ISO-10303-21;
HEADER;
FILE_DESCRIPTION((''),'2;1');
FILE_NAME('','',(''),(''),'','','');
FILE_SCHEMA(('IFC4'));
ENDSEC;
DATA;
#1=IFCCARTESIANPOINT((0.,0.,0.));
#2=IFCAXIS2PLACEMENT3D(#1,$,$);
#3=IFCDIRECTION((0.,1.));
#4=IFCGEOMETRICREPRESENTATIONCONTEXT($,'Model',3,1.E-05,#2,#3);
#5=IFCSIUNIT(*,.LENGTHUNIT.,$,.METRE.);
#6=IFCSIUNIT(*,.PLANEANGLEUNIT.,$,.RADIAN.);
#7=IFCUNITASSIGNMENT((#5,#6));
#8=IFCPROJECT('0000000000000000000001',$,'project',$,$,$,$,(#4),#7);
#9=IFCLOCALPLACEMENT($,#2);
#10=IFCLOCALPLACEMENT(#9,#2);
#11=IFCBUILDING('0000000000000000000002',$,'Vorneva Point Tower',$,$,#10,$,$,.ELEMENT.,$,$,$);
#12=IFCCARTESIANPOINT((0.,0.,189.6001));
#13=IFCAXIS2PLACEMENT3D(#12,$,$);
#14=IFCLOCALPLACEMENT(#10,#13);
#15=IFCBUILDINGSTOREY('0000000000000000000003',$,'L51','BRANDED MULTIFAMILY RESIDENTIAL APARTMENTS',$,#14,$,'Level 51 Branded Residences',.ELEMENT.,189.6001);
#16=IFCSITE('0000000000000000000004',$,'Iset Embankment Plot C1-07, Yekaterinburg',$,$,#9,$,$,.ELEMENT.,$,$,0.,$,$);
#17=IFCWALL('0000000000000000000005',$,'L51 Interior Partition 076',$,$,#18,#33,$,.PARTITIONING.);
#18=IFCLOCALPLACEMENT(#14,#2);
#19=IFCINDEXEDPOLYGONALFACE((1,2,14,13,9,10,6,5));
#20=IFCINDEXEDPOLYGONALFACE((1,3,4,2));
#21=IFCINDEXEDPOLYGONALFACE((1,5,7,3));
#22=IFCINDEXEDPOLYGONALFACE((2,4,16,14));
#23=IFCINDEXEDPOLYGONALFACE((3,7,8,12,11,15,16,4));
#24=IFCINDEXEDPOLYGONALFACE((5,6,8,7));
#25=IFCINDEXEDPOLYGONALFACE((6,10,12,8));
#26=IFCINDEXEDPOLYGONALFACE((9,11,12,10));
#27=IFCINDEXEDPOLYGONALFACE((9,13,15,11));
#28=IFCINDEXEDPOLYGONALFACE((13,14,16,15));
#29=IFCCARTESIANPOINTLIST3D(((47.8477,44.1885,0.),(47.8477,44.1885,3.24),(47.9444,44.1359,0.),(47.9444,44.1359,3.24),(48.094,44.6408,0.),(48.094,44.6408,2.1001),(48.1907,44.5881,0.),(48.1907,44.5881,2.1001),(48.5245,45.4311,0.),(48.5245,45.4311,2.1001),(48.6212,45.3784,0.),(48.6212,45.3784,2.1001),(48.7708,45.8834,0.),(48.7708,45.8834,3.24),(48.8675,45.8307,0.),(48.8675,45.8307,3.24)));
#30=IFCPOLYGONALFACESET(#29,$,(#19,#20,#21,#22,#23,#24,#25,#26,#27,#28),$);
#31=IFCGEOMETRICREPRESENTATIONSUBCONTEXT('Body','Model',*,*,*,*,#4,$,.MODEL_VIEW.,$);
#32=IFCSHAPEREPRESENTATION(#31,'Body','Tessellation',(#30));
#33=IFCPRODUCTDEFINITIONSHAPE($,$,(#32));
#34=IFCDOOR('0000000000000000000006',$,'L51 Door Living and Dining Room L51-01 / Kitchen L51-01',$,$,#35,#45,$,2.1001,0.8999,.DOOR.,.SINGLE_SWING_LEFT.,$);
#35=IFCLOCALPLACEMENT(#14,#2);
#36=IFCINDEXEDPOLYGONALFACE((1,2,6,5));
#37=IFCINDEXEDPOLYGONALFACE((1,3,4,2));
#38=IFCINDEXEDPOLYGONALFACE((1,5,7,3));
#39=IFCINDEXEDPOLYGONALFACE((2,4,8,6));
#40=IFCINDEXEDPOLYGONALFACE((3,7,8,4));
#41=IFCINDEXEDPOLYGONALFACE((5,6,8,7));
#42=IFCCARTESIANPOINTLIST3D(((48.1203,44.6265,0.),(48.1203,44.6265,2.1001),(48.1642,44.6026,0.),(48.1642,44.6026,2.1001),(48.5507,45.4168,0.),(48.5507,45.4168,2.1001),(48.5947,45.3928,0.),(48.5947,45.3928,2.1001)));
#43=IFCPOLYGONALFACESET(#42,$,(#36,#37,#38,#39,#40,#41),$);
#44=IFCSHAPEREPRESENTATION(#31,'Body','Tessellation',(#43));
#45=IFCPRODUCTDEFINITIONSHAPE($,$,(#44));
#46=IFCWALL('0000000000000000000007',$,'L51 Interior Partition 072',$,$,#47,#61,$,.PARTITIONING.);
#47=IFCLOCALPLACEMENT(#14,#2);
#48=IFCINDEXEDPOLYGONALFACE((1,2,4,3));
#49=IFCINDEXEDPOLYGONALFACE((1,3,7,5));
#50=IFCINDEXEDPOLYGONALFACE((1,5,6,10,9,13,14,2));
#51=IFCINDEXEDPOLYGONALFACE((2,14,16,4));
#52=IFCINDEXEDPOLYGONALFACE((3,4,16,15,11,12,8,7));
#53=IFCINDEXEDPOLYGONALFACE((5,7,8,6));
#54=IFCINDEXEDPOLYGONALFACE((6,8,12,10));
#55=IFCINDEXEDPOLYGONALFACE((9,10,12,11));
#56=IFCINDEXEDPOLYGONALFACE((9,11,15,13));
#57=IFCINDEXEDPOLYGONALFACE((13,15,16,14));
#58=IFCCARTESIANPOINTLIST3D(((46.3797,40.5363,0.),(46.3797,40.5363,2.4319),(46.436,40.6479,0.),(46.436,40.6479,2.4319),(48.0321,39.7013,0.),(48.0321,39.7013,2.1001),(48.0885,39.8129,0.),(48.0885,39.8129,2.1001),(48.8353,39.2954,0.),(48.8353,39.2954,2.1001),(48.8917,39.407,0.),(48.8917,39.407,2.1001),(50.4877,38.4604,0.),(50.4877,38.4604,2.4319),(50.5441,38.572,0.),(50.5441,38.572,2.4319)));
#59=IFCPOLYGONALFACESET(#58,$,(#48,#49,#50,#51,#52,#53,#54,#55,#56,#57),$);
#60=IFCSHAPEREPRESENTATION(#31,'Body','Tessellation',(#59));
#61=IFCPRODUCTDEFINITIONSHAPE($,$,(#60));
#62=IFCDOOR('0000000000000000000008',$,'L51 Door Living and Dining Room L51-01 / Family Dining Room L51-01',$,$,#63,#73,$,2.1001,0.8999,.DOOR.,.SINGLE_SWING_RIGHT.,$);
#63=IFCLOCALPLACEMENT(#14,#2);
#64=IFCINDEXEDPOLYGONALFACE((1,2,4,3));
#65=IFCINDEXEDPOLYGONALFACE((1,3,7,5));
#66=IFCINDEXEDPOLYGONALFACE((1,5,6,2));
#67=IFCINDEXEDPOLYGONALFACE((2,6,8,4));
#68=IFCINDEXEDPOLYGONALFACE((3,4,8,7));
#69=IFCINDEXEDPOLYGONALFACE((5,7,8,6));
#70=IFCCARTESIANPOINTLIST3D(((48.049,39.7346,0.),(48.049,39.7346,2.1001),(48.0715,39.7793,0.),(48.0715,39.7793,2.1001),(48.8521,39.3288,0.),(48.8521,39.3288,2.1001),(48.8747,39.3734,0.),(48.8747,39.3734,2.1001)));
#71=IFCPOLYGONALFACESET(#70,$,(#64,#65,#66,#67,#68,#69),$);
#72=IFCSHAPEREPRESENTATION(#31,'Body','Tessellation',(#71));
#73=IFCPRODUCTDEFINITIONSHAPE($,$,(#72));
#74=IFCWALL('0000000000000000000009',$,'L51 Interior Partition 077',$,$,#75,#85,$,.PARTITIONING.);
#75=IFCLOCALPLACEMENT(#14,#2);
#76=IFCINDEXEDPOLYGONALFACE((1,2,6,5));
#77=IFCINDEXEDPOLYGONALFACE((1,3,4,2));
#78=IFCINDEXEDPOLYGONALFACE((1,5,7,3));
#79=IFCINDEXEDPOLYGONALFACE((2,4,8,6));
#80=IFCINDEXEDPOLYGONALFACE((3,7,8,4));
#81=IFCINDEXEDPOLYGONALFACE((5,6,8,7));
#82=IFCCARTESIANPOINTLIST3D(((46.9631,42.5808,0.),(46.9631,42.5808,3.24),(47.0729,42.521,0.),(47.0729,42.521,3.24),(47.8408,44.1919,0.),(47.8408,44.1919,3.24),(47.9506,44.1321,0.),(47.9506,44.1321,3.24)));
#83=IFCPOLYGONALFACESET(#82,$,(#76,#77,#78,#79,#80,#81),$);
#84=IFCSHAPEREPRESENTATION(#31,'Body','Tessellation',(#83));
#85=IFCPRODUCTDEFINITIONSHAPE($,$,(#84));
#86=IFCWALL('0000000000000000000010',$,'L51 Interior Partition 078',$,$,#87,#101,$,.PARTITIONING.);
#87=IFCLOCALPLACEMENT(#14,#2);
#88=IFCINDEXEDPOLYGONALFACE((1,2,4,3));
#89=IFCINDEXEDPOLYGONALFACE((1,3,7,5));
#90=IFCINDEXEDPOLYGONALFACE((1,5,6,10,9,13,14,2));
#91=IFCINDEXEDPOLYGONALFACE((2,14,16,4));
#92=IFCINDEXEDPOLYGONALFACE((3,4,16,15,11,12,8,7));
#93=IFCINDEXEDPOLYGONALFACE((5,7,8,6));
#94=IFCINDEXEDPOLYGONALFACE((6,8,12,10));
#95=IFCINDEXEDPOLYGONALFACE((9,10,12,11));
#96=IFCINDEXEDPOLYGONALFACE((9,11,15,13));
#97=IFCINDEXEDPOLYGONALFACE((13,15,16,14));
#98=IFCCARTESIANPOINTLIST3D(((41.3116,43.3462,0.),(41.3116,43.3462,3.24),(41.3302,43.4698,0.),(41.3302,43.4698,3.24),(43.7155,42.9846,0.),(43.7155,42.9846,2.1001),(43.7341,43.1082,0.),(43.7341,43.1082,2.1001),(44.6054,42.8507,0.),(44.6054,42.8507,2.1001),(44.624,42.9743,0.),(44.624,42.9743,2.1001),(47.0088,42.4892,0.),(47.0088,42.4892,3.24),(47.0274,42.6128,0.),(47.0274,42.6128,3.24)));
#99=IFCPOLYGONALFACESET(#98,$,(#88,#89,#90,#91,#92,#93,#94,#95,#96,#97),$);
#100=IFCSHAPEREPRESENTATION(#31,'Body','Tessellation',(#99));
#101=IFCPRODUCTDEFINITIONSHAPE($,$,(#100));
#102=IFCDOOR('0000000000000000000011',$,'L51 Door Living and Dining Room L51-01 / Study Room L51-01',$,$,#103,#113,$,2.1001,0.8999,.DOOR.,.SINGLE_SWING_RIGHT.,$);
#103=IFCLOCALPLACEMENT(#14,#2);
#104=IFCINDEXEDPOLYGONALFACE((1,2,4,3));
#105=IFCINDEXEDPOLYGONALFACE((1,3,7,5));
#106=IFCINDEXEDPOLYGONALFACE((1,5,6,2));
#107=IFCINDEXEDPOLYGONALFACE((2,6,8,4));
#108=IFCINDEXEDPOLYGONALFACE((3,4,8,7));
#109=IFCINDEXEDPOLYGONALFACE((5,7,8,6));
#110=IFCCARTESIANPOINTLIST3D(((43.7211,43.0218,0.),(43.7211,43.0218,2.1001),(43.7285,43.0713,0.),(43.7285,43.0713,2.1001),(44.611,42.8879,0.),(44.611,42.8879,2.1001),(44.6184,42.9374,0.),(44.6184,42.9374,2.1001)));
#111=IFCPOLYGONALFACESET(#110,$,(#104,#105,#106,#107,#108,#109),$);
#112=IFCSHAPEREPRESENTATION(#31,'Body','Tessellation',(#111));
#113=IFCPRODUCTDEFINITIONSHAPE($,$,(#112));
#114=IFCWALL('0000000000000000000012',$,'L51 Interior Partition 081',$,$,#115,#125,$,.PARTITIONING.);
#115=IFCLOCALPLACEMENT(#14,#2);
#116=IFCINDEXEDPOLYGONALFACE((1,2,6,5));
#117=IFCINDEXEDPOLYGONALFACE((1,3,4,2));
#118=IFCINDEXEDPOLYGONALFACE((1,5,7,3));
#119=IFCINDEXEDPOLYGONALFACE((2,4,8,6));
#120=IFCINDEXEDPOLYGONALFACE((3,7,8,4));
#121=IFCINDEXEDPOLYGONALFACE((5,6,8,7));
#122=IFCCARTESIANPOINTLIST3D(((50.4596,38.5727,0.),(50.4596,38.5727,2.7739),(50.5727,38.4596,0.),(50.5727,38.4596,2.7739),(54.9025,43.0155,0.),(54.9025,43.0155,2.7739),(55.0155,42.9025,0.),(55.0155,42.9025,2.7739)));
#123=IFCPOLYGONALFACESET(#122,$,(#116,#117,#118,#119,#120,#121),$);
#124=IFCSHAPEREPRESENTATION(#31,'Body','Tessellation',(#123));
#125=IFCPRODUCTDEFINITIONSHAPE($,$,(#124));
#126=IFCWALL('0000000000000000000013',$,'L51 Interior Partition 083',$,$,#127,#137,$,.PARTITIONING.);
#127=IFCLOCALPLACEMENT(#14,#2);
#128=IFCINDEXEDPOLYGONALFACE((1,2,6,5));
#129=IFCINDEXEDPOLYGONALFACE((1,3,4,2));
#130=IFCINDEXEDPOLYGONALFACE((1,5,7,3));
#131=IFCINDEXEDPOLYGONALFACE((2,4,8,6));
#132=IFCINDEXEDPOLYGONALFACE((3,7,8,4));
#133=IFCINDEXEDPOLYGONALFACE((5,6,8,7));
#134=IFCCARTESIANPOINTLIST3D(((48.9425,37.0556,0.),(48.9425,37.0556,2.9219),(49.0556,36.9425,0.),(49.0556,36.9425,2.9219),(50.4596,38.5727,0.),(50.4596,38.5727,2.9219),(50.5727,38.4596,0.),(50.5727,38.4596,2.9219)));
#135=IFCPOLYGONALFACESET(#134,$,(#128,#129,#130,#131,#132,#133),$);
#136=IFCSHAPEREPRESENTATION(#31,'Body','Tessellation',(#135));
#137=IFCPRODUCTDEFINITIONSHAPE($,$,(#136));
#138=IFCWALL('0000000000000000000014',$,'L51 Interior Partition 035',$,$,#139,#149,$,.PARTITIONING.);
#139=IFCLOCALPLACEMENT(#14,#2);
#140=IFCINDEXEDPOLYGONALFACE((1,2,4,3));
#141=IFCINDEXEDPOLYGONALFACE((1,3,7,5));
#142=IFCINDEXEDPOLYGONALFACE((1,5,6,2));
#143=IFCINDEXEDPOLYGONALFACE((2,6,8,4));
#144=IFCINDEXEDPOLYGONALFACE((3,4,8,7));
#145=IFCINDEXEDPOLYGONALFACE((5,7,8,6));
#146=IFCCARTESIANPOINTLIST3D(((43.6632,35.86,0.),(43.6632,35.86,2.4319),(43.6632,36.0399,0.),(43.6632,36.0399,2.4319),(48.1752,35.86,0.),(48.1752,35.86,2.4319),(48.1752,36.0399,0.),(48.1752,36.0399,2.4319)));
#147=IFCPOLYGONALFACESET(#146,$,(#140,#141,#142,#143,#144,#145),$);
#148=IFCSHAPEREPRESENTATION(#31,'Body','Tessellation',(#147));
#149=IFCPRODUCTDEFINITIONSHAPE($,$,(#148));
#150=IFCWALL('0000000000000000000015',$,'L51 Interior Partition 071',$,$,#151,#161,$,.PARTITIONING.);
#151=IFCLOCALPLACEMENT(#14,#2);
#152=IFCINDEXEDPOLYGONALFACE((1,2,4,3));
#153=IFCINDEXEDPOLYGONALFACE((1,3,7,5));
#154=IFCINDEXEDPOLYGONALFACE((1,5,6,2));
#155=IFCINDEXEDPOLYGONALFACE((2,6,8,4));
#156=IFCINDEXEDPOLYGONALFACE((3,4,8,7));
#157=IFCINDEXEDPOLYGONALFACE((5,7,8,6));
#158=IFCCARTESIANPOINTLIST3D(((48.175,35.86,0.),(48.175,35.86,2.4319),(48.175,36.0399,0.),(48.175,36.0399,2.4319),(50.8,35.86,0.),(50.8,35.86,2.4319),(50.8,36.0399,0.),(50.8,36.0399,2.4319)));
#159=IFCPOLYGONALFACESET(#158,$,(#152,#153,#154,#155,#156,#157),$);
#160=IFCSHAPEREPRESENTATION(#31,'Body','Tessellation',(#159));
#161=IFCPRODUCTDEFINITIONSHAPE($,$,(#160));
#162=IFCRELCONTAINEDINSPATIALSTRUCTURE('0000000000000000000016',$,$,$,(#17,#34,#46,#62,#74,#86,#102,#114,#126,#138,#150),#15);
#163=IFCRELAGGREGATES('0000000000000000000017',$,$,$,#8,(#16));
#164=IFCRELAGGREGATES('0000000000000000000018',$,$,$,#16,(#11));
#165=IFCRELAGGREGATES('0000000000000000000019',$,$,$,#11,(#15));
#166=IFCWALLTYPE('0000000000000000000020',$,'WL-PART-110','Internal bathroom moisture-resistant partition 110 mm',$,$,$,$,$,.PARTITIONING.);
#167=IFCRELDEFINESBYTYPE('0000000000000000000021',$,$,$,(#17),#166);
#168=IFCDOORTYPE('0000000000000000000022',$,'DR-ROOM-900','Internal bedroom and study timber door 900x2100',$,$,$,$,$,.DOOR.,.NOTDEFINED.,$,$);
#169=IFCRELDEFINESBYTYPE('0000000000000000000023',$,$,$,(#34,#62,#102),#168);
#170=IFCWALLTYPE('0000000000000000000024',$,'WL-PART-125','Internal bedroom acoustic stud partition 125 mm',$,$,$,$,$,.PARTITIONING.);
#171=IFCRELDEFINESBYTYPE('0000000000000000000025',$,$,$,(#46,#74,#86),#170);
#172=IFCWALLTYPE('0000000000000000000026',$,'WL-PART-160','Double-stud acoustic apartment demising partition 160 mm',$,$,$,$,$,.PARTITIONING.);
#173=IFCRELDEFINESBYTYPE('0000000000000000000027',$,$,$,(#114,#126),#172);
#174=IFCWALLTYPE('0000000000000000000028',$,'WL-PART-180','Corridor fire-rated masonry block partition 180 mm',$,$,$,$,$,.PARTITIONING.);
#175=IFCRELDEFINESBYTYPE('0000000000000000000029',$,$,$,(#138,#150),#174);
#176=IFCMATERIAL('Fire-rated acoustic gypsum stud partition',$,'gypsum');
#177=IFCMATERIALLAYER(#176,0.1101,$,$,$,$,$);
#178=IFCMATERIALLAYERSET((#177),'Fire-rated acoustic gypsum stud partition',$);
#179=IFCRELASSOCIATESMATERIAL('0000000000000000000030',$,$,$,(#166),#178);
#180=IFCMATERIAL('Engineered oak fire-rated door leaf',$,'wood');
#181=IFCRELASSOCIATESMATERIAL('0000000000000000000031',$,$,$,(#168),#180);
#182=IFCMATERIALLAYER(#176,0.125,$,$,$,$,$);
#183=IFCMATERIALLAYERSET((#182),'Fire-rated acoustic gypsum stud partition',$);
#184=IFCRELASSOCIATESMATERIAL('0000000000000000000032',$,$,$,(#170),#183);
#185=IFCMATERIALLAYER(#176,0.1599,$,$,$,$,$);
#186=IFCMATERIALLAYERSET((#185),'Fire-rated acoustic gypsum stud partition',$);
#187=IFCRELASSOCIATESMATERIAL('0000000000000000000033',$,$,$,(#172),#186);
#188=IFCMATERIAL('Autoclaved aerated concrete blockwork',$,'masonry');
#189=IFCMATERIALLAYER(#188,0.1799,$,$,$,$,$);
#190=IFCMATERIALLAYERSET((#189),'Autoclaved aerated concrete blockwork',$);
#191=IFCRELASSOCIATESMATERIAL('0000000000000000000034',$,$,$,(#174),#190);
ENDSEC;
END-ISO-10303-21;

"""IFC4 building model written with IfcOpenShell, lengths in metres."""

from ifc_helpers import new_model, si_unit, direction, frame, frame_2d, origin, place, context, subcontext, project, spatial, rectangle, extrude, material, layer, layer_set, type_object, element, fill, save


model = new_model("IFC4")

# Units and contexts
model_context = context("Model", 3, precision=1e-05, world=origin(), true_north=direction((0.0, 1.0)))
body_context = subcontext(model_context, "Body", "Model", "MODEL_VIEW")
ifc_project = project(units=[si_unit("LENGTHUNIT", "METRE"), si_unit("PLANEANGLEUNIT", "RADIAN")], contexts=[model_context])

# Site, building, storey
site_placement = place(None, origin())
site = spatial("IfcSite", under=ifc_project, at=site_placement, Name="Iset Embankment Plot C1-07, Yekaterinburg", CompositionType="ELEMENT", RefElevation=0.0)
building_placement = place(site_placement, origin())
building = spatial("IfcBuilding", under=site, at=building_placement, Name="Vorneva Point Tower", CompositionType="ELEMENT")
storey_placement = place(building_placement, frame((0.0, 0.0, 189.6001)))
storey = spatial("IfcBuildingStorey", under=building, at=storey_placement, Name="L51", Description="BRANDED MULTIFAMILY RESIDENTIAL APARTMENTS", LongName="Level 51 Branded Residences", CompositionType="ELEMENT", Elevation=189.6001)

# Shared definitions
ifc_material_1 = material(Name="Fire-rated acoustic gypsum stud partition", Category="gypsum")
ifc_layer_1 = layer(ifc_material_1, 0.1101)
ifc_layer_set_1 = layer_set([ifc_layer_1], Name="Fire-rated acoustic gypsum stud partition")
wall_type_1 = type_object("IfcWallType", Name="WL-PART-110", Description="Internal bathroom moisture-resistant partition 110 mm", PredefinedType="PARTITIONING", material=ifc_layer_set_1)

# Walls, openings, doors
wall_1_placement = place(storey_placement, frame((48.8191, 45.8569, 0.0), z_axis=(0.0, 0.0, 1.0), x_axis=(-0.478311, -0.87819, 0.0)))
wall_1 = element("IfcWall", 1, at=wall_1_placement, inside=storey, type_object=wall_type_1, Name="L51 Interior Partition 076", PredefinedType="PARTITIONING", context=body_context, shape_type="SweptSolid", body=[
    extrude(rectangle(XDim=1.9299, YDim=0.1101, at=frame_2d((0.9648, 0.0))), origin(), (0.0, 0.0, 1.0), 3.24),
])
opening_1_placement = place(wall_1_placement, frame((0.5149, 0.0, 0.0)))
opening_1 = element("IfcOpeningElement", 2, at=opening_1_placement, cuts=wall_1, PredefinedType="OPENING", context=body_context, shape_type="SweptSolid", body=[
    extrude(rectangle(XDim=0.8999, YDim=2.1001, at=frame_2d((0.45, 1.05))), frame((0.0, 0.0698, 0.0), z_axis=(0.0, -1.0, 0.0), x_axis=(1.0, 0.0, 0.0)), (0.0, 0.0, 1.0), 0.1399),
])
ifc_material_2 = material(Name="Engineered oak fire-rated door leaf", Category="wood")
door_type = type_object("IfcDoorType", Name="DR-ROOM-900", Description="Internal bedroom and study timber door 900x2100", OperationType="NOTDEFINED", PredefinedType="DOOR", material=ifc_material_2)
door_1_placement = place(opening_1_placement, origin())
door_1 = element("IfcDoor", 3, at=door_1_placement, inside=storey, type_object=door_type, Name="L51 Door Living and Dining Room L51-01 / Kitchen L51-01", OperationType="SINGLE_SWING_LEFT", OverallHeight=2.1001, OverallWidth=0.8999, PredefinedType="DOOR", context=body_context, shape_type="SweptSolid", body=[
    extrude(rectangle(XDim=0.8999, YDim=2.1001, at=frame_2d((0.45, 1.05))), frame((0.0, 0.0249, 0.0), z_axis=(0.0, -1.0, 0.0), x_axis=(1.0, 0.0, 0.0)), (0.0, 0.0, 1.0), 0.05),
])
fill(opening_1, door_1)
ifc_layer_2 = layer(ifc_material_1, 0.125)
ifc_layer_set_2 = layer_set([ifc_layer_2], Name="Fire-rated acoustic gypsum stud partition")
wall_type_2 = type_object("IfcWallType", Name="WL-PART-125", Description="Internal bedroom acoustic stud partition 125 mm", PredefinedType="PARTITIONING", material=ifc_layer_set_2)
wall_2_placement = place(storey_placement, frame((46.408, 40.592, 0.0), z_axis=(0.0, 0.0, 1.0), x_axis=(0.89252, -0.451007, 0.0)))
wall_2 = element("IfcWall", 4, at=wall_2_placement, inside=storey, type_object=wall_type_2, Name="L51 Interior Partition 072", PredefinedType="PARTITIONING", context=body_context, shape_type="SweptSolid", body=[
    extrude(rectangle(XDim=4.6028, YDim=0.125, at=frame_2d((2.3013, 0.0))), origin(), (0.0, 0.0, 1.0), 2.4319),
])
opening_2_placement = place(wall_2_placement, frame((1.8513, 0.0, 0.0)))
opening_2 = element("IfcOpeningElement", 5, at=opening_2_placement, cuts=wall_2, PredefinedType="OPENING", context=body_context, shape_type="SweptSolid", body=[
    extrude(rectangle(XDim=0.8999, YDim=2.1001, at=frame_2d((0.45, 1.05))), frame((0.0, 0.0774, 0.0), z_axis=(0.0, -1.0, 0.0), x_axis=(1.0, 0.0, 0.0)), (0.0, 0.0, 1.0), 0.1548),
])
door_2_placement = place(opening_2_placement, origin())
door_2 = element("IfcDoor", 6, at=door_2_placement, inside=storey, type_object=door_type, Name="L51 Door Living and Dining Room L51-01 / Family Dining Room L51-01", OperationType="SINGLE_SWING_RIGHT", OverallHeight=2.1001, OverallWidth=0.8999, PredefinedType="DOOR", context=body_context, shape_type="SweptSolid", body=[
    extrude(rectangle(XDim=0.8999, YDim=2.1001, at=frame_2d((0.45, 1.05))), frame((0.0, 0.0249, 0.0), z_axis=(0.0, -1.0, 0.0), x_axis=(1.0, 0.0, 0.0)), (0.0, 0.0, 1.0), 0.05),
])
fill(opening_2, door_2)

# Wall
wall_3_placement = place(storey_placement, frame((47.8958, 44.1621, 0.0), z_axis=(0.0, 0.0, 1.0), x_axis=(-0.478395, -0.878145, 0.0)))
element("IfcWall", 7, at=wall_3_placement, inside=storey, type_object=wall_type_2, Name="L51 Interior Partition 077", PredefinedType="PARTITIONING", context=body_context, shape_type="SweptSolid", body=[
    extrude(rectangle(XDim=1.8347, YDim=0.125, at=frame_2d((0.9175, 0.0))), origin(), (0.0, 0.0, 1.0), 3.24),
])

# Wall, opening, door
wall_4_placement = place(storey_placement, frame((47.0181, 42.551, 0.0), z_axis=(0.0, 0.0, 1.0), x_axis=(-0.988876, 0.148745, 0.0)))
wall_4 = element("IfcWall", 8, at=wall_4_placement, inside=storey, type_object=wall_type_2, Name="L51 Interior Partition 078", PredefinedType="PARTITIONING", context=body_context, shape_type="SweptSolid", body=[
    extrude(rectangle(XDim=5.7612, YDim=0.125, at=frame_2d((2.8806, 0.0))), origin(), (0.0, 0.0, 1.0), 3.24),
])
opening_3_placement = place(wall_4_placement, frame((2.4304, 0.0, 0.0)))
opening_3 = element("IfcOpeningElement", 9, at=opening_3_placement, cuts=wall_4, PredefinedType="OPENING", context=body_context, shape_type="SweptSolid", body=[
    extrude(rectangle(XDim=0.8999, YDim=2.1001, at=frame_2d((0.45, 1.05))), frame((0.0, 0.0774, 0.0), z_axis=(0.0, -1.0, 0.0), x_axis=(1.0, 0.0, 0.0)), (0.0, 0.0, 1.0), 0.1548),
])
door_3_placement = place(opening_3_placement, origin())
door_3 = element("IfcDoor", 10, at=door_3_placement, inside=storey, type_object=door_type, Name="L51 Door Living and Dining Room L51-01 / Study Room L51-01", OperationType="SINGLE_SWING_RIGHT", OverallHeight=2.1001, OverallWidth=0.8999, PredefinedType="DOOR", context=body_context, shape_type="SweptSolid", body=[
    extrude(rectangle(XDim=0.8999, YDim=2.1001, at=frame_2d((0.45, 1.05))), frame((0.0, 0.0249, 0.0), z_axis=(0.0, -1.0, 0.0), x_axis=(1.0, 0.0, 0.0)), (0.0, 0.0, 1.0), 0.05),
])
fill(opening_3, door_3)

# Walls
ifc_layer_3 = layer(ifc_material_1, 0.1599)
ifc_layer_set_3 = layer_set([ifc_layer_3], Name="Fire-rated acoustic gypsum stud partition")
wall_type_3 = type_object("IfcWallType", Name="WL-PART-160", Description="Double-stud acoustic apartment demising partition 160 mm", PredefinedType="PARTITIONING", material=ifc_layer_set_3)
wall_5_placement = place(storey_placement, frame((50.5161, 38.5161, 0.0), z_axis=(0.0, 0.0, 1.0), x_axis=(0.707107, 0.707107, 0.0)))
element("IfcWall", 11, at=wall_5_placement, inside=storey, type_object=wall_type_3, Name="L51 Interior Partition 081", PredefinedType="PARTITIONING", context=body_context, shape_type="SweptSolid", body=[
    extrude(rectangle(XDim=6.2832, YDim=0.1599, at=frame_2d((3.1416, 0.0))), origin(), (0.0, 0.0, 1.0), 2.7739),
])
wall_6_placement = place(storey_placement, frame((48.999, 36.999, 0.0), z_axis=(0.0, 0.0, 1.0), x_axis=(0.707107, 0.707107, 0.0)))
element("IfcWall", 12, at=wall_6_placement, inside=storey, type_object=wall_type_3, Name="L51 Interior Partition 083", PredefinedType="PARTITIONING", context=body_context, shape_type="SweptSolid", body=[
    extrude(rectangle(XDim=2.1455, YDim=0.1599, at=frame_2d((1.0728, 0.0))), origin(), (0.0, 0.0, 1.0), 2.9219),
])
ifc_material_3 = material(Name="Autoclaved aerated concrete blockwork", Category="masonry")
ifc_layer_4 = layer(ifc_material_3, 0.1799)
ifc_layer_set_4 = layer_set([ifc_layer_4], Name="Autoclaved aerated concrete blockwork")
wall_type_4 = type_object("IfcWallType", Name="WL-PART-180", Description="Corridor fire-rated masonry block partition 180 mm", PredefinedType="PARTITIONING", material=ifc_layer_set_4)
wall_7_placement = place(storey_placement, frame((48.175, 35.95, 0.0), z_axis=(0.0, 0.0, 1.0), x_axis=(-1.0, 0.0, 0.0)))
element("IfcWall", 13, at=wall_7_placement, inside=storey, type_object=wall_type_4, Name="L51 Interior Partition 035", PredefinedType="PARTITIONING", context=body_context, shape_type="SweptSolid", body=[
    extrude(rectangle(XDim=4.512, YDim=0.1799, at=frame_2d((2.2559, 0.0))), origin(), (0.0, 0.0, 1.0), 2.4319),
])
wall_8_placement = place(storey_placement, frame((50.8, 35.95, 0.0), z_axis=(0.0, 0.0, 1.0), x_axis=(-1.0, 0.0, 0.0)))
element("IfcWall", 14, at=wall_8_placement, inside=storey, type_object=wall_type_4, Name="L51 Interior Partition 071", PredefinedType="PARTITIONING", context=body_context, shape_type="SweptSolid", body=[
    extrude(rectangle(XDim=2.625, YDim=0.1799, at=frame_2d((1.3125, 0.0))), origin(), (0.0, 0.0, 1.0), 2.4319),
])

save(model, "model.ifc")
